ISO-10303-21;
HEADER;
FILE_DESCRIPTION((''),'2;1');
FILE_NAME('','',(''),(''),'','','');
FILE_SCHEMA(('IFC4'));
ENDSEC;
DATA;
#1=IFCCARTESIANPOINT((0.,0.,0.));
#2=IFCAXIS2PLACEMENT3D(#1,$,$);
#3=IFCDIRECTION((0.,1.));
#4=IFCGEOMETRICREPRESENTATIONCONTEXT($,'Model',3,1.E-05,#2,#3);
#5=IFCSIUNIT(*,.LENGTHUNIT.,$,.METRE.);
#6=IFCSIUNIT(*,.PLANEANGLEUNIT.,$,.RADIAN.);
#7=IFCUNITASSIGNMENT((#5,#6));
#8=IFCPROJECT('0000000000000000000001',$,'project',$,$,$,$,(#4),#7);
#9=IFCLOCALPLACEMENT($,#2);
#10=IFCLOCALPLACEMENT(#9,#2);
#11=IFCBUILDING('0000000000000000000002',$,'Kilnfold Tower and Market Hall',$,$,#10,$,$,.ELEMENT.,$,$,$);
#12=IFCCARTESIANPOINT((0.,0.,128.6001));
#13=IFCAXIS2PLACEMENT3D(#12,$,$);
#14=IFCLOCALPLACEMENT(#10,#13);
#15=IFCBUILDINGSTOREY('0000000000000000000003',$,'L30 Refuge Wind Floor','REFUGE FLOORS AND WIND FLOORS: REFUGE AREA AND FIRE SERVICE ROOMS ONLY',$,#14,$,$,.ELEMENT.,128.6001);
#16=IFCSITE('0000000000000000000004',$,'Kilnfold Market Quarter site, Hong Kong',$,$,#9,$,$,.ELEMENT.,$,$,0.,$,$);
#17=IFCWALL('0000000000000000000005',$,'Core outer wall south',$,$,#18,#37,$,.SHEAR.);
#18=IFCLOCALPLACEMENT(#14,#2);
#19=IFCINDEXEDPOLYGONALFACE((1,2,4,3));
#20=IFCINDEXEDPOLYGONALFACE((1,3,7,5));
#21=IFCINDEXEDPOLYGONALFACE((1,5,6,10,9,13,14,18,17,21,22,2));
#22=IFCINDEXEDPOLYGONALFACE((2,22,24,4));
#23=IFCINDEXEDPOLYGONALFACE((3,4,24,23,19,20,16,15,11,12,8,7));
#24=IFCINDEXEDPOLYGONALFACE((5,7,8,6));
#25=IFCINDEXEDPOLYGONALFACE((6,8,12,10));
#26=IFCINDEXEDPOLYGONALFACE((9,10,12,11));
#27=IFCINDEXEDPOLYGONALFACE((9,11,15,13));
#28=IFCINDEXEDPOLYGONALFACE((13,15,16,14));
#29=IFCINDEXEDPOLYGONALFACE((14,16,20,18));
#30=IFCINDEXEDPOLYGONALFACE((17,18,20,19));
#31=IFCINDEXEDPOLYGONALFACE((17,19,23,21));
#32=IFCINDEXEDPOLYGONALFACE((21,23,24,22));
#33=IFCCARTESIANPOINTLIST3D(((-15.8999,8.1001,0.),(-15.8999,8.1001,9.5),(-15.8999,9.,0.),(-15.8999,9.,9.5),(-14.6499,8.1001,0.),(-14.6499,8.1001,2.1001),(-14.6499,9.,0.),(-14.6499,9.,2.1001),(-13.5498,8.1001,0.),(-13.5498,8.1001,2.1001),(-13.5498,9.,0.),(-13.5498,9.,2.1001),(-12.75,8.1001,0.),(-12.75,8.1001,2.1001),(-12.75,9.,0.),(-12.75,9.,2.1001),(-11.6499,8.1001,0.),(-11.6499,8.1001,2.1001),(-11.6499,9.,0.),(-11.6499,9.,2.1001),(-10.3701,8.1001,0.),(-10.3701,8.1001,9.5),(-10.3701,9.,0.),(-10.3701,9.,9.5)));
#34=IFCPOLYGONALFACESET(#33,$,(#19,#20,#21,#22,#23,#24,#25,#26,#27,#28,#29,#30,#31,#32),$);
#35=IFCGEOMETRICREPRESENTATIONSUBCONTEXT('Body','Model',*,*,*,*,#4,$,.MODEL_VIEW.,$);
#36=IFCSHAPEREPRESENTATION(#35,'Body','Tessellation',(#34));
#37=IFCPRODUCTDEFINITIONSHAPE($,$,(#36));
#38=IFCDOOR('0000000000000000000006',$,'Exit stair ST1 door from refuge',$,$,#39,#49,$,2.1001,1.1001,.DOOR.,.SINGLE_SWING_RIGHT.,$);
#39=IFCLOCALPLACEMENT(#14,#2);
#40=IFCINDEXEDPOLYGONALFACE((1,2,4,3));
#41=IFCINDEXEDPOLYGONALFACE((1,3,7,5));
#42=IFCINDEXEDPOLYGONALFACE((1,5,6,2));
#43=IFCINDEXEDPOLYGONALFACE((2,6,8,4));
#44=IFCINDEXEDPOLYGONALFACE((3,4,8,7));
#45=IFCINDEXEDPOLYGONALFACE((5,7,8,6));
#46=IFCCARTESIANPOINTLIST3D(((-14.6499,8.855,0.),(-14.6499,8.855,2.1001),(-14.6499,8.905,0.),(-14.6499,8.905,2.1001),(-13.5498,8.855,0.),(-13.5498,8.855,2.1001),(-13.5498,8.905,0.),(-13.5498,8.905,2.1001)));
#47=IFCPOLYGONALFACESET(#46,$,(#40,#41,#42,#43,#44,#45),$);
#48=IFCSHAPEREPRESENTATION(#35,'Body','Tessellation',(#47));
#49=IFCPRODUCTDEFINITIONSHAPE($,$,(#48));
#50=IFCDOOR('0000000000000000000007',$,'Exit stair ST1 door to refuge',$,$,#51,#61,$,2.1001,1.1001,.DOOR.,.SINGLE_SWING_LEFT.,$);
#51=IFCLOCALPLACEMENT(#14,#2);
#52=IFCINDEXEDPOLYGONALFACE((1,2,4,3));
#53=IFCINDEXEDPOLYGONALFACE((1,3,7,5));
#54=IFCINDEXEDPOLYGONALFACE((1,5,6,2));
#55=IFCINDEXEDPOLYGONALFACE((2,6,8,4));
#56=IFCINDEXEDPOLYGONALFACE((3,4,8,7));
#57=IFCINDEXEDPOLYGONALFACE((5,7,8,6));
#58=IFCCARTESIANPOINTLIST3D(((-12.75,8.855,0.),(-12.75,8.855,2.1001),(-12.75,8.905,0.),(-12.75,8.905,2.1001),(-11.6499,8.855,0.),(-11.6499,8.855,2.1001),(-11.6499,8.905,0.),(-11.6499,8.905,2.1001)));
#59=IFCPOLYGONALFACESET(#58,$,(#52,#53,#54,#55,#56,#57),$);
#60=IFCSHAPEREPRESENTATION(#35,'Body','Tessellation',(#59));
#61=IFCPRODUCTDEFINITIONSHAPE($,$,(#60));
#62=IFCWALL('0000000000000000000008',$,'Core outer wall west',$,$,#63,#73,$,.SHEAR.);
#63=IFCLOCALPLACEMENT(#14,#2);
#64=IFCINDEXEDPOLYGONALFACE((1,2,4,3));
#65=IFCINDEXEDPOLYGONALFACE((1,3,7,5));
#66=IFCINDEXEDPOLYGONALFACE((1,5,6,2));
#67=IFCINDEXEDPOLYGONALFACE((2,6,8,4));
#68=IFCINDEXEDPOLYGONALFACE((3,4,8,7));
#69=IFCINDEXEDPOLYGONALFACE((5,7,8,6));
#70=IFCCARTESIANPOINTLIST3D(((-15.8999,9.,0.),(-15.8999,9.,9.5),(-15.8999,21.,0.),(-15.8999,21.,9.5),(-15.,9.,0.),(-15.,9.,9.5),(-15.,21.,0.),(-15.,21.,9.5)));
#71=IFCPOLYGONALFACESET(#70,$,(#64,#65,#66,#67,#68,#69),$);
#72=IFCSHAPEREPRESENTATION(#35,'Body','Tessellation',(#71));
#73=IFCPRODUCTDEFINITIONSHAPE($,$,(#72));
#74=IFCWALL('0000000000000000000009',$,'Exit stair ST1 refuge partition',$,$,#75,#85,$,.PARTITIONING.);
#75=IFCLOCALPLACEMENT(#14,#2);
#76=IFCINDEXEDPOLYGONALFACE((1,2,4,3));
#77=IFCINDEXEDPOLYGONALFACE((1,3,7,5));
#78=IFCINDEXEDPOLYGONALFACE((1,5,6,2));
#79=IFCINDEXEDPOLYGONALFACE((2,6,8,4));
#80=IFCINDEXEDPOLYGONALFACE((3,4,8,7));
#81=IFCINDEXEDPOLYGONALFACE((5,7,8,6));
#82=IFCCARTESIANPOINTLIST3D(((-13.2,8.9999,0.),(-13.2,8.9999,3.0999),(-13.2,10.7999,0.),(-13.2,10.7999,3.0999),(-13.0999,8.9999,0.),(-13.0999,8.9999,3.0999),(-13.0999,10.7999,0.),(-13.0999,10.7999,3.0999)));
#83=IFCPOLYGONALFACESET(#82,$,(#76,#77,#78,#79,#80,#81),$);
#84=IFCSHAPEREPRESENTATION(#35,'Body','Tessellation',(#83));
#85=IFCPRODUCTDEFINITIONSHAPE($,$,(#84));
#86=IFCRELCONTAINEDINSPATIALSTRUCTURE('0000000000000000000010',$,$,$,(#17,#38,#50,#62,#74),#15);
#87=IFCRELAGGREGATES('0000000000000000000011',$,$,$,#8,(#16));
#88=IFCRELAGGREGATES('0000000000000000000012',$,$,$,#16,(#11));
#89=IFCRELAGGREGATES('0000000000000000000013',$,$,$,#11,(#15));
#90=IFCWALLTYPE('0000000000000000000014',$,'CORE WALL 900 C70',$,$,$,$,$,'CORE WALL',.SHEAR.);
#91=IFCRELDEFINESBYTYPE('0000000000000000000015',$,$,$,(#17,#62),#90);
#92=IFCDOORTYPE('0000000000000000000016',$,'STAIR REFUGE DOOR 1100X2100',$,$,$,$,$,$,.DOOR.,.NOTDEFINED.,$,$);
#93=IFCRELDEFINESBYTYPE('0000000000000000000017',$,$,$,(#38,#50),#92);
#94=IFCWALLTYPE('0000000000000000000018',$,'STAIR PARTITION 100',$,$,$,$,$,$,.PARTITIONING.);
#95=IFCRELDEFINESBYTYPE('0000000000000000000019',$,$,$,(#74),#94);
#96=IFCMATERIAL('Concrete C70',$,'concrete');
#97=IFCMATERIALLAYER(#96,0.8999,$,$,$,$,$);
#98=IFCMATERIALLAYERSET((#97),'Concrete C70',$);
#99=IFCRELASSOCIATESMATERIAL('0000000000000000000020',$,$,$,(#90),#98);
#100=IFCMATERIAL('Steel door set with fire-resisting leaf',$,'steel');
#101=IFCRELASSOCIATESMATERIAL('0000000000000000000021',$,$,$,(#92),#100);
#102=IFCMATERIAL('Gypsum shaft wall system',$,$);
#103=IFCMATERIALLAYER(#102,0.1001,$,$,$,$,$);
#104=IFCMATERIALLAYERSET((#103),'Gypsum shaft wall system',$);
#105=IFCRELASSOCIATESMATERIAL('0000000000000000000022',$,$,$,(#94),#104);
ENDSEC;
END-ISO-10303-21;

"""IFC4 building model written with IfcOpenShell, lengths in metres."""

from ifc_helpers import new_model, si_unit, direction, frame, frame_2d, origin, place, context, subcontext, project, spatial, rectangle, extrude, source, transform, mapped, material, layer, layer_set, type_object, element, fill, save


model = new_model("IFC4")

# Units and contexts
model_context = context("Model", 3, precision=1e-05, world=origin(), true_north=direction((0.0, 1.0)))
body_context = subcontext(model_context, "Body", "Model", "MODEL_VIEW")
ifc_project = project(units=[si_unit("LENGTHUNIT", "METRE"), si_unit("PLANEANGLEUNIT", "RADIAN")], contexts=[model_context])

# Site, building, storey
site_placement = place(None, origin())
site = spatial("IfcSite", under=ifc_project, at=site_placement, Name="Kilnfold Market Quarter site, Hong Kong", CompositionType="ELEMENT", RefElevation=0.0)
building_placement = place(site_placement, origin())
building = spatial("IfcBuilding", under=site, at=building_placement, Name="Kilnfold Tower and Market Hall", CompositionType="ELEMENT")
storey_placement = place(building_placement, frame((0.0, 0.0, 128.6001)))
storey = spatial("IfcBuildingStorey", under=building, at=storey_placement, Name="L30 Refuge Wind Floor", Description="REFUGE FLOORS AND WIND FLOORS: REFUGE AREA AND FIRE SERVICE ROOMS ONLY", CompositionType="ELEMENT", Elevation=128.6001)

# Wall, openings, doors
ifc_material_1 = material(Name="Concrete C70", Category="concrete")
ifc_layer_1 = layer(ifc_material_1, 0.8999)
ifc_layer_set_1 = layer_set([ifc_layer_1], Name="Concrete C70")
wall_type_1 = type_object("IfcWallType", Name="CORE WALL 900 C70", ElementType="CORE WALL", PredefinedType="SHEAR", material=ifc_layer_set_1)
shared_shape_1 = source(origin(), body_context, "Body", "SweptSolid", [
    extrude(rectangle(XDim=5.5298, YDim=0.8999, at=frame_2d((2.7649, 0.0))), origin(), (0.0, 0.0, 1.0), 9.5),
])
wall_1_placement = place(storey_placement, frame((-15.8999, 8.55, 0.0), z_axis=(0.0, 0.0, 1.0), x_axis=(1.0, 0.0, 0.0)))
wall_1 = element("IfcWall", 1, at=wall_1_placement, inside=storey, type_object=wall_type_1, Name="Core outer wall south", PredefinedType="SHEAR", context=body_context, shape_type="MappedRepresentation", body=[
    mapped(shared_shape_1, transform((0.0, 0.0, 0.0))),
])
opening_1_placement = place(wall_1_placement, frame((1.25, 0.0, 0.0)))
opening_1 = element("IfcOpeningElement", 2, at=opening_1_placement, cuts=wall_1, PredefinedType="OPENING", context=body_context, shape_type="SweptSolid", body=[
    extrude(rectangle(XDim=1.1001, YDim=2.1001, at=frame_2d((0.55, 1.05))), frame((0.0, 0.46, 0.0), z_axis=(0.0, -1.0, 0.0), x_axis=(1.0, 0.0, 0.0)), (0.0, 0.0, 1.0), 0.9199),
])
opening_2_placement = place(wall_1_placement, frame((3.1499, 0.0, 0.0)))
opening_2 = element("IfcOpeningElement", 3, at=opening_2_placement, cuts=wall_1, PredefinedType="OPENING", context=body_context, shape_type="SweptSolid", body=[
    extrude(rectangle(XDim=1.1001, YDim=2.1001, at=frame_2d((0.55, 1.05))), frame((0.0, 0.46, 0.0), z_axis=(0.0, -1.0, 0.0), x_axis=(1.0, 0.0, 0.0)), (0.0, 0.0, 1.0), 0.9199),
])
ifc_material_2 = material(Name="Steel door set with fire-resisting leaf", Category="steel")
door_type_1 = type_object("IfcDoorType", Name="STAIR REFUGE DOOR 1100X2100", OperationType="NOTDEFINED", PredefinedType="DOOR", material=ifc_material_2)
door_1_placement = place(opening_1_placement, origin())
door_1 = element("IfcDoor", 4, at=door_1_placement, inside=storey, type_object=door_type_1, Name="Exit stair ST1 door from refuge", OperationType="SINGLE_SWING_RIGHT", OverallHeight=2.1001, OverallWidth=1.1001, PredefinedType="DOOR", context=body_context, shape_type="SweptSolid", body=[
    extrude(rectangle(XDim=1.1001, YDim=2.1001, at=frame_2d((0.55, 1.05))), frame((0.0, 0.355, 0.0), z_axis=(0.0, -1.0, 0.0), x_axis=(1.0, 0.0, 0.0)), (0.0, 0.0, 1.0), 0.05),
])
fill(opening_1, door_1)
door_2_placement = place(opening_2_placement, origin())
door_2 = element("IfcDoor", 5, at=door_2_placement, inside=storey, type_object=door_type_1, Name="Exit stair ST1 door to refuge", OperationType="SINGLE_SWING_LEFT", OverallHeight=2.1001, OverallWidth=1.1001, PredefinedType="DOOR", context=body_context, shape_type="SweptSolid", body=[
    extrude(rectangle(XDim=1.1001, YDim=2.1001, at=frame_2d((0.55, 1.05))), frame((0.0, 0.355, 0.0), z_axis=(0.0, -1.0, 0.0), x_axis=(1.0, 0.0, 0.0)), (0.0, 0.0, 1.0), 0.05),
])
fill(opening_2, door_2)

# Walls
shared_shape_2 = source(origin(), body_context, "Body", "SweptSolid", [
    extrude(rectangle(XDim=12.0, YDim=0.8999, at=frame_2d((6.0, 0.0))), origin(), (0.0, 0.0, 1.0), 9.5),
])
wall_2_placement = place(storey_placement, frame((-15.45, 9.0, 0.0), z_axis=(0.0, 0.0, 1.0), x_axis=(0.0, 1.0, 0.0)))
element("IfcWall", 6, at=wall_2_placement, inside=storey, type_object=wall_type_1, Name="Core outer wall west", PredefinedType="SHEAR", context=body_context, shape_type="MappedRepresentation", body=[
    mapped(shared_shape_2, transform((0.0, 0.0, 0.0))),
])
ifc_material_3 = material(Name="Gypsum shaft wall system")
ifc_layer_2 = layer(ifc_material_3, 0.1001)
ifc_layer_set_2 = layer_set([ifc_layer_2], Name="Gypsum shaft wall system")
wall_type_2 = type_object("IfcWallType", Name="STAIR PARTITION 100", PredefinedType="PARTITIONING", material=ifc_layer_set_2)
shared_shape_3 = source(origin(), body_context, "Body", "SweptSolid", [
    extrude(rectangle(XDim=1.8, YDim=0.1001, at=frame_2d((0.8999, 0.0))), origin(), (0.0, 0.0, 1.0), 3.0999),
])
wall_3_placement = place(storey_placement, frame((-13.1499, 9.0, 0.0), z_axis=(0.0, 0.0, 1.0), x_axis=(0.0, 1.0, 0.0)))
element("IfcWall", 7, at=wall_3_placement, inside=storey, type_object=wall_type_2, Name="Exit stair ST1 refuge partition", PredefinedType="PARTITIONING", context=body_context, shape_type="MappedRepresentation", body=[
    mapped(shared_shape_3, transform((0.0, 0.0, 0.0))),
])

save(model, "model.ifc")
